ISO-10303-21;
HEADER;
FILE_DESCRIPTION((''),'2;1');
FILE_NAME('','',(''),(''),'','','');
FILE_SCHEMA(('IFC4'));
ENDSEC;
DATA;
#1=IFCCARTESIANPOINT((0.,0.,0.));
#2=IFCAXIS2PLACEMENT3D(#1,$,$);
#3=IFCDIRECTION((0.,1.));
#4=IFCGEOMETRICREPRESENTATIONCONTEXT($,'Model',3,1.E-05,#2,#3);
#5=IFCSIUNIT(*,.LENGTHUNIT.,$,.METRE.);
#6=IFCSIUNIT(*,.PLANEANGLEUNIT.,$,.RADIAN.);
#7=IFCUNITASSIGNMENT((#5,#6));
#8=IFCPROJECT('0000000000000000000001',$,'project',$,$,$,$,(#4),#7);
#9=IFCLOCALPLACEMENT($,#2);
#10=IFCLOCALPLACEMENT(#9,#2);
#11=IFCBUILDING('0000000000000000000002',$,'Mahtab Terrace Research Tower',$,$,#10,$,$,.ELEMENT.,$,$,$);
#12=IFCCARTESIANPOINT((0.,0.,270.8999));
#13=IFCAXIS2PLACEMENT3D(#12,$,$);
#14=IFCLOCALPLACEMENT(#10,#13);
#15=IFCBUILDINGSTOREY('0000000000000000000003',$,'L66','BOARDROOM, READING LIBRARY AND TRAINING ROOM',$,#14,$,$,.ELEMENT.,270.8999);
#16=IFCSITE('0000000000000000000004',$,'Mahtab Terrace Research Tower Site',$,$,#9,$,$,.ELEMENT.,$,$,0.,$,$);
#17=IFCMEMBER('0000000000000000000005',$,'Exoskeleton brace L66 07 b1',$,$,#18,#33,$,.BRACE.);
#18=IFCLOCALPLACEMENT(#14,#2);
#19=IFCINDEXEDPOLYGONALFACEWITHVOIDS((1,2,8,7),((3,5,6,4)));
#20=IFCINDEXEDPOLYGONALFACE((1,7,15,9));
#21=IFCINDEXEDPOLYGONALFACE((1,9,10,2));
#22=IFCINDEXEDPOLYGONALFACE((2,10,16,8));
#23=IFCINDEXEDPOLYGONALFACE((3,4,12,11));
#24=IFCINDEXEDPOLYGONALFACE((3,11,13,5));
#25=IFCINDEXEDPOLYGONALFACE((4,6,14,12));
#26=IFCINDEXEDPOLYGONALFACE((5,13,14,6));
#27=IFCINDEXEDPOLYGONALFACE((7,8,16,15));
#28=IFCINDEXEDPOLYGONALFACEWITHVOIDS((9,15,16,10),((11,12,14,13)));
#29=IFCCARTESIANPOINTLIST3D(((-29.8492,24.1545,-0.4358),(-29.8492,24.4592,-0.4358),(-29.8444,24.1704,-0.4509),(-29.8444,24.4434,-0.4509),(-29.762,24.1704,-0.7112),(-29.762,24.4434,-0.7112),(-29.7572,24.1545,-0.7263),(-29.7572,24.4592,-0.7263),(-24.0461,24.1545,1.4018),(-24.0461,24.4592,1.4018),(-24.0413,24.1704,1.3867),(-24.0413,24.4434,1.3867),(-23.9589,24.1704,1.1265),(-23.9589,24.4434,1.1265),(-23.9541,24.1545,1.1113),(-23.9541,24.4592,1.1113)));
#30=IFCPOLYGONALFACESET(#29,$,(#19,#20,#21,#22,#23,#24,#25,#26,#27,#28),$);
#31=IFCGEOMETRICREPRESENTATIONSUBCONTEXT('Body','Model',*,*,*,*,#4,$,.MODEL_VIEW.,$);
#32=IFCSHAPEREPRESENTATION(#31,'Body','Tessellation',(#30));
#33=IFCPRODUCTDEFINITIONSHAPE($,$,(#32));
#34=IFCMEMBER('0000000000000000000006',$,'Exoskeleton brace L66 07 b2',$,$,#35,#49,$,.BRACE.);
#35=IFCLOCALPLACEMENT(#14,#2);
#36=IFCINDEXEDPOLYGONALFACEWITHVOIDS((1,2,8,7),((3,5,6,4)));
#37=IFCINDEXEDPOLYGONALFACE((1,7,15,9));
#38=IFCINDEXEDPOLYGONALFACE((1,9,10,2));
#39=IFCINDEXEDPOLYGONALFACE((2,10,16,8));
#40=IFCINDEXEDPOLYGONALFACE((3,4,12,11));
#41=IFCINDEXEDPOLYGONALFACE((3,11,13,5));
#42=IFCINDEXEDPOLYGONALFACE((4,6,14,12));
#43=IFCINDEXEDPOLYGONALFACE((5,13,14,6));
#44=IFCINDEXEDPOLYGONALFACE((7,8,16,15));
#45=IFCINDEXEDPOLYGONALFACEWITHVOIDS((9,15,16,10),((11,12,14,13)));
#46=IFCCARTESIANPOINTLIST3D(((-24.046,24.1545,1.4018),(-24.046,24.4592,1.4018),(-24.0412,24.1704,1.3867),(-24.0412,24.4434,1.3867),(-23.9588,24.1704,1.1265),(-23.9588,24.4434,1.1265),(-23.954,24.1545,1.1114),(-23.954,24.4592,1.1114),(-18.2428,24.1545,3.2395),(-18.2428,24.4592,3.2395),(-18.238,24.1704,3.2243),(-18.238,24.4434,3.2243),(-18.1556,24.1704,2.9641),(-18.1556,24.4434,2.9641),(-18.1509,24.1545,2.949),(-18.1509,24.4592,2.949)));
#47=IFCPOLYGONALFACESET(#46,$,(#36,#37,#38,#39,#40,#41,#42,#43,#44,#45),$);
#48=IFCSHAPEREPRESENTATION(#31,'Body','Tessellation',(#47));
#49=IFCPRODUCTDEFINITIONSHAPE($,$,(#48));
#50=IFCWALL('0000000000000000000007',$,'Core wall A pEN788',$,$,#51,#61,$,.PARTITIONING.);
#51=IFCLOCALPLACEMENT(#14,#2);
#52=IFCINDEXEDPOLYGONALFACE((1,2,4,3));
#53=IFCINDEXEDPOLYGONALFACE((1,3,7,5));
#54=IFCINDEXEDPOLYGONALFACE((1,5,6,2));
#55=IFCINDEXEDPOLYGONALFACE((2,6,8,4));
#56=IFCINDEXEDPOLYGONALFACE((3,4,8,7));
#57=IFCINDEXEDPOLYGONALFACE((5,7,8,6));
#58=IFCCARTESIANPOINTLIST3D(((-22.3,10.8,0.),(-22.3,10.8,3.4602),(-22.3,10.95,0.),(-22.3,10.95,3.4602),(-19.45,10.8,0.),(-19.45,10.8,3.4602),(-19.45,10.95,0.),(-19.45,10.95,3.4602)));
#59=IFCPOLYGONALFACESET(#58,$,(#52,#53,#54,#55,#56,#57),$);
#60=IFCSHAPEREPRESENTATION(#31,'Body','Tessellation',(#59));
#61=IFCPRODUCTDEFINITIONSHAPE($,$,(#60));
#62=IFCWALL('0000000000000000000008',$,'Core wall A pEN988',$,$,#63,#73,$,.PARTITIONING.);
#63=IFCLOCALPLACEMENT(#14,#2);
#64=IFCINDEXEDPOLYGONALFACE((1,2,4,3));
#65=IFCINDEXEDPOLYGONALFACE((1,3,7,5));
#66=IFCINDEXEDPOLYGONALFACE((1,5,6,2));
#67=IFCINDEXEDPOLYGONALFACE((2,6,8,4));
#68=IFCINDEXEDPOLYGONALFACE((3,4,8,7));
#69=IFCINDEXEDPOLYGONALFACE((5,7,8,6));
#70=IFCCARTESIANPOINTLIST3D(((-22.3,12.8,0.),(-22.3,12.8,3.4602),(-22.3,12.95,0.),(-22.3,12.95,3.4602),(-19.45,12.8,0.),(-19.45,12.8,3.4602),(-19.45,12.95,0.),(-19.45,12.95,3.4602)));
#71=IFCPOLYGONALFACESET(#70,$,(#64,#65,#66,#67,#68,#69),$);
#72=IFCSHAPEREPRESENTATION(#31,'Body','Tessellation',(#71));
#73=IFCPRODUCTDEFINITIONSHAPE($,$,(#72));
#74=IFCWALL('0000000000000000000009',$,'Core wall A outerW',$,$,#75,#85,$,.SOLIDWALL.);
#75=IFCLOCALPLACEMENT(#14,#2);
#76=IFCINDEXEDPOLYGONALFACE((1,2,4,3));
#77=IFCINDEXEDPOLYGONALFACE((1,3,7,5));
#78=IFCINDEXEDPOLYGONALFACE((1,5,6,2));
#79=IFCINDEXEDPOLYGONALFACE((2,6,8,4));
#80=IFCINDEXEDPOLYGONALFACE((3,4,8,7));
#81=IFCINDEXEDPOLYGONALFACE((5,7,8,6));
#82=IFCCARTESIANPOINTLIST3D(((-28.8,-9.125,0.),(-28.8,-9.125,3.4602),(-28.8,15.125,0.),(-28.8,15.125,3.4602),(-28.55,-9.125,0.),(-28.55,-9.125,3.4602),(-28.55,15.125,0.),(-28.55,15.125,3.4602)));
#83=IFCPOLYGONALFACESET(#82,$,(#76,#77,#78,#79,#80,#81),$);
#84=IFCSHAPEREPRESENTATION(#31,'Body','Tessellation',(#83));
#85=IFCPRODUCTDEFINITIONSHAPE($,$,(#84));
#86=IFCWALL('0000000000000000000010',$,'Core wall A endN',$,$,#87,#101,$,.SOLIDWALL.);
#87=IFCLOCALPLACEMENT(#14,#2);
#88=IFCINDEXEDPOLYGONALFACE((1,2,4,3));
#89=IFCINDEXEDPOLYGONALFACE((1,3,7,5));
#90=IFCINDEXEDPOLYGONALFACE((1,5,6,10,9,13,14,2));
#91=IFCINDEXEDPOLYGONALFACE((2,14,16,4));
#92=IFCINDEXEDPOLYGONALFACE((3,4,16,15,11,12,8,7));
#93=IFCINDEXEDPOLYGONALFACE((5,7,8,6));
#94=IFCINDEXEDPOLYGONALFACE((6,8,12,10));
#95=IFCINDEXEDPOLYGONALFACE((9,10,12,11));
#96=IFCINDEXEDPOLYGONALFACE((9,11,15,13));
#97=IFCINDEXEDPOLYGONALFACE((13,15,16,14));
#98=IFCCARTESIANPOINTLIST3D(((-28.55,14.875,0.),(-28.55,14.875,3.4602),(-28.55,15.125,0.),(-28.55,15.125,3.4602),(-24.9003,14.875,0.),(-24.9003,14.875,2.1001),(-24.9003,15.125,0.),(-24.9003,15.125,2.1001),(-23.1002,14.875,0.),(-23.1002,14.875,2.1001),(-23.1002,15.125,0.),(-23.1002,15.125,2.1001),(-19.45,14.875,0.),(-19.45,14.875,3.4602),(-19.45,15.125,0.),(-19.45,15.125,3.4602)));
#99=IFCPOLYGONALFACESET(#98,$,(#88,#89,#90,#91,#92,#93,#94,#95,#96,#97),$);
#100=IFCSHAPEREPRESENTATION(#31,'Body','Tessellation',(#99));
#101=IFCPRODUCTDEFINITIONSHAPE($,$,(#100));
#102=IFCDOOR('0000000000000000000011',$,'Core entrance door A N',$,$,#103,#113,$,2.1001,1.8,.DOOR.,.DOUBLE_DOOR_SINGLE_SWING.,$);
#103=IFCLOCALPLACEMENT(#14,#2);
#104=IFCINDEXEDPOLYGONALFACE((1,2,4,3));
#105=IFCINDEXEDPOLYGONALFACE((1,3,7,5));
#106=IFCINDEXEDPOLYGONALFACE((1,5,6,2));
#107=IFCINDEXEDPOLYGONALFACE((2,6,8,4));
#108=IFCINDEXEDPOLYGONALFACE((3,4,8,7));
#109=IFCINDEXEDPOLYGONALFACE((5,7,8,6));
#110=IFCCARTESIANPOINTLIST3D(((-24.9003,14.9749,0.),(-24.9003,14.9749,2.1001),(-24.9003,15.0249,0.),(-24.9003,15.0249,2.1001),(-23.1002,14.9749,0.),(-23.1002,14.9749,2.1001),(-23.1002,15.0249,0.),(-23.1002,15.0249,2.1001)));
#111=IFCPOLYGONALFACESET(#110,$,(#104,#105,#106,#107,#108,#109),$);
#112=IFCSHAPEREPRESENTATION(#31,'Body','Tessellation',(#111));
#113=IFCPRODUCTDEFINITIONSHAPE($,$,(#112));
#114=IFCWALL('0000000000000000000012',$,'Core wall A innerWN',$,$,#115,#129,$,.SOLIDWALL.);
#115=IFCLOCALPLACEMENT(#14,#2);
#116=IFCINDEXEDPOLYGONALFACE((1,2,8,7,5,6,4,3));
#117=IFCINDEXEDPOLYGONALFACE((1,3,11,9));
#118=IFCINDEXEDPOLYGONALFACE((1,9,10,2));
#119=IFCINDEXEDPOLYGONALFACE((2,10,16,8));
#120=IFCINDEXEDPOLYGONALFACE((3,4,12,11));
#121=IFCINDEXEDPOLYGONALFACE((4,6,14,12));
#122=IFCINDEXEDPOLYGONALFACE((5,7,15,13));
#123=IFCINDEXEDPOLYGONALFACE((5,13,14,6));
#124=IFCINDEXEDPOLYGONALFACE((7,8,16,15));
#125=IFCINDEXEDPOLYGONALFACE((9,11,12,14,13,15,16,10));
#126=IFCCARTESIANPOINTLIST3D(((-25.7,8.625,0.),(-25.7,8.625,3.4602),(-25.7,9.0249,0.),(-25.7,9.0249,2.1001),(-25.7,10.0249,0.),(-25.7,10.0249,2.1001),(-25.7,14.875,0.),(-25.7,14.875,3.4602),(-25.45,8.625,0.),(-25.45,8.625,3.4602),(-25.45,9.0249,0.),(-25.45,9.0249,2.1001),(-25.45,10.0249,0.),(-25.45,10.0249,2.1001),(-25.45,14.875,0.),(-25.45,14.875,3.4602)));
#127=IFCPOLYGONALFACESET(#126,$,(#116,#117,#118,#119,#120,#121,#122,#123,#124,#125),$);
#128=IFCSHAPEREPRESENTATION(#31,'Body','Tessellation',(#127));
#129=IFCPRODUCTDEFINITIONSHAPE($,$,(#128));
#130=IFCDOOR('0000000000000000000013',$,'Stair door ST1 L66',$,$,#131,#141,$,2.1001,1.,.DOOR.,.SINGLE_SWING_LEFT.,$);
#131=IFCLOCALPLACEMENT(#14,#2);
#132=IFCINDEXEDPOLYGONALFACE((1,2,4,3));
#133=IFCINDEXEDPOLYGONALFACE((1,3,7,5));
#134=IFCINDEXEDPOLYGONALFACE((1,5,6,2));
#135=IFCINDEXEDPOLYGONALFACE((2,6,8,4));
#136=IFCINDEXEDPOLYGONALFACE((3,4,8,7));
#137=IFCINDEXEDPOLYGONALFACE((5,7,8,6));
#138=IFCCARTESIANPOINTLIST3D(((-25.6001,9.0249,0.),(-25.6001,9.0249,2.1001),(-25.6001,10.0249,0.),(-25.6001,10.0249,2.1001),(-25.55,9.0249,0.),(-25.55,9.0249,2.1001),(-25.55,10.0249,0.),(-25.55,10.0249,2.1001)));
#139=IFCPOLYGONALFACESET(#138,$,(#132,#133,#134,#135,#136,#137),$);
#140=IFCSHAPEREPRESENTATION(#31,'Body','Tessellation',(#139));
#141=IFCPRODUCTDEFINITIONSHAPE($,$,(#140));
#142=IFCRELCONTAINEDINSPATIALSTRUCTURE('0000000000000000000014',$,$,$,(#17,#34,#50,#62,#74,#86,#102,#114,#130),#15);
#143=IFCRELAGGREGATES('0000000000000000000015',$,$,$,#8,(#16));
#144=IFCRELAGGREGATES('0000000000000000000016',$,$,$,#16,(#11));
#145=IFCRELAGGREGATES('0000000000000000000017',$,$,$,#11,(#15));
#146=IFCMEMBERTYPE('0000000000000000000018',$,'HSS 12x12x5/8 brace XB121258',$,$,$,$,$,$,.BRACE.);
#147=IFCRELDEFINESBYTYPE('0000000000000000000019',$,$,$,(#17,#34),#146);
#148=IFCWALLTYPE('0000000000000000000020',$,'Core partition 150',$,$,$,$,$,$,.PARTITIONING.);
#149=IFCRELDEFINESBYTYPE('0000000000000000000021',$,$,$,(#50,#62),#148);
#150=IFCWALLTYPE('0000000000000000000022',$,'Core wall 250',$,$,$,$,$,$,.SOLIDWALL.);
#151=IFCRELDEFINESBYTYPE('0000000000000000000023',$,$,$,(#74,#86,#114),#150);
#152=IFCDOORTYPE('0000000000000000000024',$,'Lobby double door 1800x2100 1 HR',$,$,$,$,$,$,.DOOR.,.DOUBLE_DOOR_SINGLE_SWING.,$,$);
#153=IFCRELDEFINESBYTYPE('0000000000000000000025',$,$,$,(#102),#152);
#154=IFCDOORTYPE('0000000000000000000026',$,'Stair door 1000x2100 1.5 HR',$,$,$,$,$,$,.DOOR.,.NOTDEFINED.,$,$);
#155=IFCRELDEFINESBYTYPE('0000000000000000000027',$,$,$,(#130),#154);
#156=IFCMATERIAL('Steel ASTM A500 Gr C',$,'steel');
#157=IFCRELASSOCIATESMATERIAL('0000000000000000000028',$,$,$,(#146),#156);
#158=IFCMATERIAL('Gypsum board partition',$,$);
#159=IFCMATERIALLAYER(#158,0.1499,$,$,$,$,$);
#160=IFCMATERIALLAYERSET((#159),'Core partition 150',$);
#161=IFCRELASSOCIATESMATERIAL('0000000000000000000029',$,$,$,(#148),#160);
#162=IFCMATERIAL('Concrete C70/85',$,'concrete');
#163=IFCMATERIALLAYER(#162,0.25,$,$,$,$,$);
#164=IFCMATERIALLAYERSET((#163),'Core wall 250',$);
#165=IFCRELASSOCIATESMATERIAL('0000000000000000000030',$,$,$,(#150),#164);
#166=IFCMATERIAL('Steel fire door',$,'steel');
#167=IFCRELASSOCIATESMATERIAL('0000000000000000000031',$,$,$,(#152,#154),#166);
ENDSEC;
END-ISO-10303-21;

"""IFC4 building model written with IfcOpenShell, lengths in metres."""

from ifc_helpers import new_model, si_unit, direction, frame, frame_2d, origin, origin_2d, place, context, subcontext, project, spatial, rectangle, hollow_rectangle, extrude, material, layer, layer_set, material_profile, profile_set, type_object, element, fill, save


model = new_model("IFC4")

# Units and contexts
model_context = context("Model", 3, precision=1e-05, world=origin(), true_north=direction((0.0, 1.0)))
body_context = subcontext(model_context, "Body", "Model", "MODEL_VIEW")
ifc_project = project(units=[si_unit("LENGTHUNIT", "METRE"), si_unit("PLANEANGLEUNIT", "RADIAN")], contexts=[model_context])

# Site, building, storey
site_placement = place(None, origin())
site = spatial("IfcSite", under=ifc_project, at=site_placement, Name="Mahtab Terrace Research Tower Site", CompositionType="ELEMENT", RefElevation=0.0)
building_placement = place(site_placement, origin())
building = spatial("IfcBuilding", under=site, at=building_placement, Name="Mahtab Terrace Research Tower", CompositionType="ELEMENT")
storey_placement = place(building_placement, frame((0.0, 0.0, 270.8999)))
storey = spatial("IfcBuildingStorey", under=building, at=storey_placement, Name="L66", Description="BOARDROOM, READING LIBRARY AND TRAINING ROOM", CompositionType="ELEMENT", Elevation=270.8999)

# Members
ifc_material_1 = material(Name="Steel ASTM A500 Gr C", Category="steel")
ifc_material_profile = material_profile(ifc_material_1, hollow_rectangle(XDim=0.3047, YDim=0.3047, WallThickness=0.0159, at=origin_2d()), Name="HSS12X12X5/8")
ifc_profile_set = profile_set([ifc_material_profile], Name="Steel ASTM A500 Gr C")
member_type = type_object("IfcMemberType", Name="HSS 12x12x5/8 brace XB121258", PredefinedType="BRACE", material=ifc_profile_set)
for number, where, z_axis, x_axis, name in (
    (1, (-29.8032, 24.3069, -0.5811), (0.953344, 0.0, 0.301886), (0.0, 1.0, 0.0), "Exoskeleton brace L66 07 b1"),
    (2, (-24.0, 24.3069, 1.2566), (0.953344, 0.0, 0.301886), (0.0, 1.0, 0.0), "Exoskeleton brace L66 07 b2"),
):
    element("IfcMember", number, at=place(storey_placement, frame(where, z_axis=z_axis, x_axis=x_axis)), inside=storey, type_object=member_type, Name=name, PredefinedType="BRACE", context=body_context, shape_type="SweptSolid", body=[
        extrude(hollow_rectangle(XDim=0.3047, YDim=0.3047, WallThickness=0.0159, at=origin_2d()), origin(), (0.0, 0.0, 1.0), 6.0872),
    ])

# Walls
ifc_material_2 = material(Name="Gypsum board partition")
ifc_layer_1 = layer(ifc_material_2, 0.1499)
ifc_layer_set_1 = layer_set([ifc_layer_1], Name="Core partition 150")
wall_type_1 = type_object("IfcWallType", Name="Core partition 150", PredefinedType="PARTITIONING", material=ifc_layer_set_1)
for number, where, z_axis, x_axis, name in (
    (3, (-22.3, 10.875, 0.0), (0.0, 0.0, 1.0), (1.0, 0.0, 0.0), "Core wall A pEN788"),
    (4, (-22.3, 12.875, 0.0), (0.0, 0.0, 1.0), (1.0, 0.0, 0.0), "Core wall A pEN988"),
):
    element("IfcWall", number, at=place(storey_placement, frame(where, z_axis=z_axis, x_axis=x_axis)), inside=storey, type_object=wall_type_1, Name=name, PredefinedType="PARTITIONING", context=body_context, shape_type="SweptSolid", body=[
        extrude(rectangle(XDim=2.8501, YDim=0.1499, at=frame_2d((1.425, 0.0))), origin(), (0.0, 0.0, 1.0), 3.4602),
    ])
ifc_material_3 = material(Name="Concrete C70/85", Category="concrete")
ifc_layer_2 = layer(ifc_material_3, 0.25)
ifc_layer_set_2 = layer_set([ifc_layer_2], Name="Core wall 250")
wall_type_2 = type_object("IfcWallType", Name="Core wall 250", PredefinedType="SOLIDWALL", material=ifc_layer_set_2)
wall_1_placement = place(storey_placement, frame((-28.675, 15.125, 0.0), z_axis=(0.0, 0.0, 1.0), x_axis=(0.0, -1.0, 0.0)))
element("IfcWall", 5, at=wall_1_placement, inside=storey, type_object=wall_type_2, Name="Core wall A outerW", PredefinedType="SOLIDWALL", context=body_context, shape_type="SweptSolid", body=[
    extrude(rectangle(XDim=24.25, YDim=0.25, at=frame_2d((12.125, 0.0))), origin(), (0.0, 0.0, 1.0), 3.4602),
])

# Walls, openings, doors
wall_2_placement = place(storey_placement, frame((-28.55, 15.0, 0.0), z_axis=(0.0, 0.0, 1.0), x_axis=(1.0, 0.0, 0.0)))
wall_2 = element("IfcWall", 6, at=wall_2_placement, inside=storey, type_object=wall_type_2, Name="Core wall A endN", PredefinedType="SOLIDWALL", context=body_context, shape_type="SweptSolid", body=[
    extrude(rectangle(XDim=9.1001, YDim=0.25, at=frame_2d((4.55, 0.0))), origin(), (0.0, 0.0, 1.0), 3.4602),
])
opening_1_placement = place(wall_2_placement, frame((3.6499, 0.0, 0.0)))
opening_1 = element("IfcOpeningElement", 7, at=opening_1_placement, cuts=wall_2, PredefinedType="OPENING", context=body_context, shape_type="SweptSolid", body=[
    extrude(rectangle(XDim=1.8, YDim=2.1001, at=frame_2d((0.8999, 1.05))), frame((0.0, 0.135, 0.0), z_axis=(0.0, -1.0, 0.0), x_axis=(1.0, 0.0, 0.0)), (0.0, 0.0, 1.0), 0.27),
])
ifc_material_4 = material(Name="Steel fire door", Category="steel")
door_type_1 = type_object("IfcDoorType", Name="Lobby double door 1800x2100 1 HR", OperationType="DOUBLE_DOOR_SINGLE_SWING", PredefinedType="DOOR", material=ifc_material_4)
door_1_placement = place(opening_1_placement, origin())
door_1 = element("IfcDoor", 8, at=door_1_placement, inside=storey, type_object=door_type_1, Name="Core entrance door A N", OperationType="DOUBLE_DOOR_SINGLE_SWING", OverallHeight=2.1001, OverallWidth=1.8, PredefinedType="DOOR", context=body_context, shape_type="SweptSolid", body=[
    extrude(rectangle(XDim=1.8, YDim=2.1001, at=frame_2d((0.8999, 1.05))), frame((0.0, 0.0249, 0.0), z_axis=(0.0, -1.0, 0.0), x_axis=(1.0, 0.0, 0.0)), (0.0, 0.0, 1.0), 0.05),
])
fill(opening_1, door_1)
wall_3_placement = place(storey_placement, frame((-25.575, 14.875, 0.0), z_axis=(0.0, 0.0, 1.0), x_axis=(0.0, -1.0, 0.0)))
wall_3 = element("IfcWall", 9, at=wall_3_placement, inside=storey, type_object=wall_type_2, Name="Core wall A innerWN", PredefinedType="SOLIDWALL", context=body_context, shape_type="SweptSolid", body=[
    extrude(rectangle(XDim=6.25, YDim=0.25, at=frame_2d((3.125, 0.0))), origin(), (0.0, 0.0, 1.0), 3.4602),
])
opening_2_placement = place(wall_3_placement, frame((4.8501, 0.0, 0.0)))
opening_2 = element("IfcOpeningElement", 10, at=opening_2_placement, cuts=wall_3, PredefinedType="OPENING", context=body_context, shape_type="SweptSolid", body=[
    extrude(rectangle(XDim=1.0, YDim=2.1001, at=frame_2d((0.5, 1.05))), frame((0.0, 0.135, 0.0), z_axis=(0.0, -1.0, 0.0), x_axis=(1.0, 0.0, 0.0)), (0.0, 0.0, 1.0), 0.27),
])
door_type_2 = type_object("IfcDoorType", Name="Stair door 1000x2100 1.5 HR", OperationType="NOTDEFINED", PredefinedType="DOOR", material=ifc_material_4)
door_2_placement = place(opening_2_placement, origin())
door_2 = element("IfcDoor", 11, at=door_2_placement, inside=storey, type_object=door_type_2, Name="Stair door ST1 L66", OperationType="SINGLE_SWING_LEFT", OverallHeight=2.1001, OverallWidth=1.0, PredefinedType="DOOR", context=body_context, shape_type="SweptSolid", body=[
    extrude(rectangle(XDim=1.0, YDim=2.1001, at=frame_2d((0.5, 1.05))), frame((0.0, 0.0249, 0.0), z_axis=(0.0, -1.0, 0.0), x_axis=(1.0, 0.0, 0.0)), (0.0, 0.0, 1.0), 0.05),
])
fill(opening_2, door_2)

save(model, "model.ifc")
